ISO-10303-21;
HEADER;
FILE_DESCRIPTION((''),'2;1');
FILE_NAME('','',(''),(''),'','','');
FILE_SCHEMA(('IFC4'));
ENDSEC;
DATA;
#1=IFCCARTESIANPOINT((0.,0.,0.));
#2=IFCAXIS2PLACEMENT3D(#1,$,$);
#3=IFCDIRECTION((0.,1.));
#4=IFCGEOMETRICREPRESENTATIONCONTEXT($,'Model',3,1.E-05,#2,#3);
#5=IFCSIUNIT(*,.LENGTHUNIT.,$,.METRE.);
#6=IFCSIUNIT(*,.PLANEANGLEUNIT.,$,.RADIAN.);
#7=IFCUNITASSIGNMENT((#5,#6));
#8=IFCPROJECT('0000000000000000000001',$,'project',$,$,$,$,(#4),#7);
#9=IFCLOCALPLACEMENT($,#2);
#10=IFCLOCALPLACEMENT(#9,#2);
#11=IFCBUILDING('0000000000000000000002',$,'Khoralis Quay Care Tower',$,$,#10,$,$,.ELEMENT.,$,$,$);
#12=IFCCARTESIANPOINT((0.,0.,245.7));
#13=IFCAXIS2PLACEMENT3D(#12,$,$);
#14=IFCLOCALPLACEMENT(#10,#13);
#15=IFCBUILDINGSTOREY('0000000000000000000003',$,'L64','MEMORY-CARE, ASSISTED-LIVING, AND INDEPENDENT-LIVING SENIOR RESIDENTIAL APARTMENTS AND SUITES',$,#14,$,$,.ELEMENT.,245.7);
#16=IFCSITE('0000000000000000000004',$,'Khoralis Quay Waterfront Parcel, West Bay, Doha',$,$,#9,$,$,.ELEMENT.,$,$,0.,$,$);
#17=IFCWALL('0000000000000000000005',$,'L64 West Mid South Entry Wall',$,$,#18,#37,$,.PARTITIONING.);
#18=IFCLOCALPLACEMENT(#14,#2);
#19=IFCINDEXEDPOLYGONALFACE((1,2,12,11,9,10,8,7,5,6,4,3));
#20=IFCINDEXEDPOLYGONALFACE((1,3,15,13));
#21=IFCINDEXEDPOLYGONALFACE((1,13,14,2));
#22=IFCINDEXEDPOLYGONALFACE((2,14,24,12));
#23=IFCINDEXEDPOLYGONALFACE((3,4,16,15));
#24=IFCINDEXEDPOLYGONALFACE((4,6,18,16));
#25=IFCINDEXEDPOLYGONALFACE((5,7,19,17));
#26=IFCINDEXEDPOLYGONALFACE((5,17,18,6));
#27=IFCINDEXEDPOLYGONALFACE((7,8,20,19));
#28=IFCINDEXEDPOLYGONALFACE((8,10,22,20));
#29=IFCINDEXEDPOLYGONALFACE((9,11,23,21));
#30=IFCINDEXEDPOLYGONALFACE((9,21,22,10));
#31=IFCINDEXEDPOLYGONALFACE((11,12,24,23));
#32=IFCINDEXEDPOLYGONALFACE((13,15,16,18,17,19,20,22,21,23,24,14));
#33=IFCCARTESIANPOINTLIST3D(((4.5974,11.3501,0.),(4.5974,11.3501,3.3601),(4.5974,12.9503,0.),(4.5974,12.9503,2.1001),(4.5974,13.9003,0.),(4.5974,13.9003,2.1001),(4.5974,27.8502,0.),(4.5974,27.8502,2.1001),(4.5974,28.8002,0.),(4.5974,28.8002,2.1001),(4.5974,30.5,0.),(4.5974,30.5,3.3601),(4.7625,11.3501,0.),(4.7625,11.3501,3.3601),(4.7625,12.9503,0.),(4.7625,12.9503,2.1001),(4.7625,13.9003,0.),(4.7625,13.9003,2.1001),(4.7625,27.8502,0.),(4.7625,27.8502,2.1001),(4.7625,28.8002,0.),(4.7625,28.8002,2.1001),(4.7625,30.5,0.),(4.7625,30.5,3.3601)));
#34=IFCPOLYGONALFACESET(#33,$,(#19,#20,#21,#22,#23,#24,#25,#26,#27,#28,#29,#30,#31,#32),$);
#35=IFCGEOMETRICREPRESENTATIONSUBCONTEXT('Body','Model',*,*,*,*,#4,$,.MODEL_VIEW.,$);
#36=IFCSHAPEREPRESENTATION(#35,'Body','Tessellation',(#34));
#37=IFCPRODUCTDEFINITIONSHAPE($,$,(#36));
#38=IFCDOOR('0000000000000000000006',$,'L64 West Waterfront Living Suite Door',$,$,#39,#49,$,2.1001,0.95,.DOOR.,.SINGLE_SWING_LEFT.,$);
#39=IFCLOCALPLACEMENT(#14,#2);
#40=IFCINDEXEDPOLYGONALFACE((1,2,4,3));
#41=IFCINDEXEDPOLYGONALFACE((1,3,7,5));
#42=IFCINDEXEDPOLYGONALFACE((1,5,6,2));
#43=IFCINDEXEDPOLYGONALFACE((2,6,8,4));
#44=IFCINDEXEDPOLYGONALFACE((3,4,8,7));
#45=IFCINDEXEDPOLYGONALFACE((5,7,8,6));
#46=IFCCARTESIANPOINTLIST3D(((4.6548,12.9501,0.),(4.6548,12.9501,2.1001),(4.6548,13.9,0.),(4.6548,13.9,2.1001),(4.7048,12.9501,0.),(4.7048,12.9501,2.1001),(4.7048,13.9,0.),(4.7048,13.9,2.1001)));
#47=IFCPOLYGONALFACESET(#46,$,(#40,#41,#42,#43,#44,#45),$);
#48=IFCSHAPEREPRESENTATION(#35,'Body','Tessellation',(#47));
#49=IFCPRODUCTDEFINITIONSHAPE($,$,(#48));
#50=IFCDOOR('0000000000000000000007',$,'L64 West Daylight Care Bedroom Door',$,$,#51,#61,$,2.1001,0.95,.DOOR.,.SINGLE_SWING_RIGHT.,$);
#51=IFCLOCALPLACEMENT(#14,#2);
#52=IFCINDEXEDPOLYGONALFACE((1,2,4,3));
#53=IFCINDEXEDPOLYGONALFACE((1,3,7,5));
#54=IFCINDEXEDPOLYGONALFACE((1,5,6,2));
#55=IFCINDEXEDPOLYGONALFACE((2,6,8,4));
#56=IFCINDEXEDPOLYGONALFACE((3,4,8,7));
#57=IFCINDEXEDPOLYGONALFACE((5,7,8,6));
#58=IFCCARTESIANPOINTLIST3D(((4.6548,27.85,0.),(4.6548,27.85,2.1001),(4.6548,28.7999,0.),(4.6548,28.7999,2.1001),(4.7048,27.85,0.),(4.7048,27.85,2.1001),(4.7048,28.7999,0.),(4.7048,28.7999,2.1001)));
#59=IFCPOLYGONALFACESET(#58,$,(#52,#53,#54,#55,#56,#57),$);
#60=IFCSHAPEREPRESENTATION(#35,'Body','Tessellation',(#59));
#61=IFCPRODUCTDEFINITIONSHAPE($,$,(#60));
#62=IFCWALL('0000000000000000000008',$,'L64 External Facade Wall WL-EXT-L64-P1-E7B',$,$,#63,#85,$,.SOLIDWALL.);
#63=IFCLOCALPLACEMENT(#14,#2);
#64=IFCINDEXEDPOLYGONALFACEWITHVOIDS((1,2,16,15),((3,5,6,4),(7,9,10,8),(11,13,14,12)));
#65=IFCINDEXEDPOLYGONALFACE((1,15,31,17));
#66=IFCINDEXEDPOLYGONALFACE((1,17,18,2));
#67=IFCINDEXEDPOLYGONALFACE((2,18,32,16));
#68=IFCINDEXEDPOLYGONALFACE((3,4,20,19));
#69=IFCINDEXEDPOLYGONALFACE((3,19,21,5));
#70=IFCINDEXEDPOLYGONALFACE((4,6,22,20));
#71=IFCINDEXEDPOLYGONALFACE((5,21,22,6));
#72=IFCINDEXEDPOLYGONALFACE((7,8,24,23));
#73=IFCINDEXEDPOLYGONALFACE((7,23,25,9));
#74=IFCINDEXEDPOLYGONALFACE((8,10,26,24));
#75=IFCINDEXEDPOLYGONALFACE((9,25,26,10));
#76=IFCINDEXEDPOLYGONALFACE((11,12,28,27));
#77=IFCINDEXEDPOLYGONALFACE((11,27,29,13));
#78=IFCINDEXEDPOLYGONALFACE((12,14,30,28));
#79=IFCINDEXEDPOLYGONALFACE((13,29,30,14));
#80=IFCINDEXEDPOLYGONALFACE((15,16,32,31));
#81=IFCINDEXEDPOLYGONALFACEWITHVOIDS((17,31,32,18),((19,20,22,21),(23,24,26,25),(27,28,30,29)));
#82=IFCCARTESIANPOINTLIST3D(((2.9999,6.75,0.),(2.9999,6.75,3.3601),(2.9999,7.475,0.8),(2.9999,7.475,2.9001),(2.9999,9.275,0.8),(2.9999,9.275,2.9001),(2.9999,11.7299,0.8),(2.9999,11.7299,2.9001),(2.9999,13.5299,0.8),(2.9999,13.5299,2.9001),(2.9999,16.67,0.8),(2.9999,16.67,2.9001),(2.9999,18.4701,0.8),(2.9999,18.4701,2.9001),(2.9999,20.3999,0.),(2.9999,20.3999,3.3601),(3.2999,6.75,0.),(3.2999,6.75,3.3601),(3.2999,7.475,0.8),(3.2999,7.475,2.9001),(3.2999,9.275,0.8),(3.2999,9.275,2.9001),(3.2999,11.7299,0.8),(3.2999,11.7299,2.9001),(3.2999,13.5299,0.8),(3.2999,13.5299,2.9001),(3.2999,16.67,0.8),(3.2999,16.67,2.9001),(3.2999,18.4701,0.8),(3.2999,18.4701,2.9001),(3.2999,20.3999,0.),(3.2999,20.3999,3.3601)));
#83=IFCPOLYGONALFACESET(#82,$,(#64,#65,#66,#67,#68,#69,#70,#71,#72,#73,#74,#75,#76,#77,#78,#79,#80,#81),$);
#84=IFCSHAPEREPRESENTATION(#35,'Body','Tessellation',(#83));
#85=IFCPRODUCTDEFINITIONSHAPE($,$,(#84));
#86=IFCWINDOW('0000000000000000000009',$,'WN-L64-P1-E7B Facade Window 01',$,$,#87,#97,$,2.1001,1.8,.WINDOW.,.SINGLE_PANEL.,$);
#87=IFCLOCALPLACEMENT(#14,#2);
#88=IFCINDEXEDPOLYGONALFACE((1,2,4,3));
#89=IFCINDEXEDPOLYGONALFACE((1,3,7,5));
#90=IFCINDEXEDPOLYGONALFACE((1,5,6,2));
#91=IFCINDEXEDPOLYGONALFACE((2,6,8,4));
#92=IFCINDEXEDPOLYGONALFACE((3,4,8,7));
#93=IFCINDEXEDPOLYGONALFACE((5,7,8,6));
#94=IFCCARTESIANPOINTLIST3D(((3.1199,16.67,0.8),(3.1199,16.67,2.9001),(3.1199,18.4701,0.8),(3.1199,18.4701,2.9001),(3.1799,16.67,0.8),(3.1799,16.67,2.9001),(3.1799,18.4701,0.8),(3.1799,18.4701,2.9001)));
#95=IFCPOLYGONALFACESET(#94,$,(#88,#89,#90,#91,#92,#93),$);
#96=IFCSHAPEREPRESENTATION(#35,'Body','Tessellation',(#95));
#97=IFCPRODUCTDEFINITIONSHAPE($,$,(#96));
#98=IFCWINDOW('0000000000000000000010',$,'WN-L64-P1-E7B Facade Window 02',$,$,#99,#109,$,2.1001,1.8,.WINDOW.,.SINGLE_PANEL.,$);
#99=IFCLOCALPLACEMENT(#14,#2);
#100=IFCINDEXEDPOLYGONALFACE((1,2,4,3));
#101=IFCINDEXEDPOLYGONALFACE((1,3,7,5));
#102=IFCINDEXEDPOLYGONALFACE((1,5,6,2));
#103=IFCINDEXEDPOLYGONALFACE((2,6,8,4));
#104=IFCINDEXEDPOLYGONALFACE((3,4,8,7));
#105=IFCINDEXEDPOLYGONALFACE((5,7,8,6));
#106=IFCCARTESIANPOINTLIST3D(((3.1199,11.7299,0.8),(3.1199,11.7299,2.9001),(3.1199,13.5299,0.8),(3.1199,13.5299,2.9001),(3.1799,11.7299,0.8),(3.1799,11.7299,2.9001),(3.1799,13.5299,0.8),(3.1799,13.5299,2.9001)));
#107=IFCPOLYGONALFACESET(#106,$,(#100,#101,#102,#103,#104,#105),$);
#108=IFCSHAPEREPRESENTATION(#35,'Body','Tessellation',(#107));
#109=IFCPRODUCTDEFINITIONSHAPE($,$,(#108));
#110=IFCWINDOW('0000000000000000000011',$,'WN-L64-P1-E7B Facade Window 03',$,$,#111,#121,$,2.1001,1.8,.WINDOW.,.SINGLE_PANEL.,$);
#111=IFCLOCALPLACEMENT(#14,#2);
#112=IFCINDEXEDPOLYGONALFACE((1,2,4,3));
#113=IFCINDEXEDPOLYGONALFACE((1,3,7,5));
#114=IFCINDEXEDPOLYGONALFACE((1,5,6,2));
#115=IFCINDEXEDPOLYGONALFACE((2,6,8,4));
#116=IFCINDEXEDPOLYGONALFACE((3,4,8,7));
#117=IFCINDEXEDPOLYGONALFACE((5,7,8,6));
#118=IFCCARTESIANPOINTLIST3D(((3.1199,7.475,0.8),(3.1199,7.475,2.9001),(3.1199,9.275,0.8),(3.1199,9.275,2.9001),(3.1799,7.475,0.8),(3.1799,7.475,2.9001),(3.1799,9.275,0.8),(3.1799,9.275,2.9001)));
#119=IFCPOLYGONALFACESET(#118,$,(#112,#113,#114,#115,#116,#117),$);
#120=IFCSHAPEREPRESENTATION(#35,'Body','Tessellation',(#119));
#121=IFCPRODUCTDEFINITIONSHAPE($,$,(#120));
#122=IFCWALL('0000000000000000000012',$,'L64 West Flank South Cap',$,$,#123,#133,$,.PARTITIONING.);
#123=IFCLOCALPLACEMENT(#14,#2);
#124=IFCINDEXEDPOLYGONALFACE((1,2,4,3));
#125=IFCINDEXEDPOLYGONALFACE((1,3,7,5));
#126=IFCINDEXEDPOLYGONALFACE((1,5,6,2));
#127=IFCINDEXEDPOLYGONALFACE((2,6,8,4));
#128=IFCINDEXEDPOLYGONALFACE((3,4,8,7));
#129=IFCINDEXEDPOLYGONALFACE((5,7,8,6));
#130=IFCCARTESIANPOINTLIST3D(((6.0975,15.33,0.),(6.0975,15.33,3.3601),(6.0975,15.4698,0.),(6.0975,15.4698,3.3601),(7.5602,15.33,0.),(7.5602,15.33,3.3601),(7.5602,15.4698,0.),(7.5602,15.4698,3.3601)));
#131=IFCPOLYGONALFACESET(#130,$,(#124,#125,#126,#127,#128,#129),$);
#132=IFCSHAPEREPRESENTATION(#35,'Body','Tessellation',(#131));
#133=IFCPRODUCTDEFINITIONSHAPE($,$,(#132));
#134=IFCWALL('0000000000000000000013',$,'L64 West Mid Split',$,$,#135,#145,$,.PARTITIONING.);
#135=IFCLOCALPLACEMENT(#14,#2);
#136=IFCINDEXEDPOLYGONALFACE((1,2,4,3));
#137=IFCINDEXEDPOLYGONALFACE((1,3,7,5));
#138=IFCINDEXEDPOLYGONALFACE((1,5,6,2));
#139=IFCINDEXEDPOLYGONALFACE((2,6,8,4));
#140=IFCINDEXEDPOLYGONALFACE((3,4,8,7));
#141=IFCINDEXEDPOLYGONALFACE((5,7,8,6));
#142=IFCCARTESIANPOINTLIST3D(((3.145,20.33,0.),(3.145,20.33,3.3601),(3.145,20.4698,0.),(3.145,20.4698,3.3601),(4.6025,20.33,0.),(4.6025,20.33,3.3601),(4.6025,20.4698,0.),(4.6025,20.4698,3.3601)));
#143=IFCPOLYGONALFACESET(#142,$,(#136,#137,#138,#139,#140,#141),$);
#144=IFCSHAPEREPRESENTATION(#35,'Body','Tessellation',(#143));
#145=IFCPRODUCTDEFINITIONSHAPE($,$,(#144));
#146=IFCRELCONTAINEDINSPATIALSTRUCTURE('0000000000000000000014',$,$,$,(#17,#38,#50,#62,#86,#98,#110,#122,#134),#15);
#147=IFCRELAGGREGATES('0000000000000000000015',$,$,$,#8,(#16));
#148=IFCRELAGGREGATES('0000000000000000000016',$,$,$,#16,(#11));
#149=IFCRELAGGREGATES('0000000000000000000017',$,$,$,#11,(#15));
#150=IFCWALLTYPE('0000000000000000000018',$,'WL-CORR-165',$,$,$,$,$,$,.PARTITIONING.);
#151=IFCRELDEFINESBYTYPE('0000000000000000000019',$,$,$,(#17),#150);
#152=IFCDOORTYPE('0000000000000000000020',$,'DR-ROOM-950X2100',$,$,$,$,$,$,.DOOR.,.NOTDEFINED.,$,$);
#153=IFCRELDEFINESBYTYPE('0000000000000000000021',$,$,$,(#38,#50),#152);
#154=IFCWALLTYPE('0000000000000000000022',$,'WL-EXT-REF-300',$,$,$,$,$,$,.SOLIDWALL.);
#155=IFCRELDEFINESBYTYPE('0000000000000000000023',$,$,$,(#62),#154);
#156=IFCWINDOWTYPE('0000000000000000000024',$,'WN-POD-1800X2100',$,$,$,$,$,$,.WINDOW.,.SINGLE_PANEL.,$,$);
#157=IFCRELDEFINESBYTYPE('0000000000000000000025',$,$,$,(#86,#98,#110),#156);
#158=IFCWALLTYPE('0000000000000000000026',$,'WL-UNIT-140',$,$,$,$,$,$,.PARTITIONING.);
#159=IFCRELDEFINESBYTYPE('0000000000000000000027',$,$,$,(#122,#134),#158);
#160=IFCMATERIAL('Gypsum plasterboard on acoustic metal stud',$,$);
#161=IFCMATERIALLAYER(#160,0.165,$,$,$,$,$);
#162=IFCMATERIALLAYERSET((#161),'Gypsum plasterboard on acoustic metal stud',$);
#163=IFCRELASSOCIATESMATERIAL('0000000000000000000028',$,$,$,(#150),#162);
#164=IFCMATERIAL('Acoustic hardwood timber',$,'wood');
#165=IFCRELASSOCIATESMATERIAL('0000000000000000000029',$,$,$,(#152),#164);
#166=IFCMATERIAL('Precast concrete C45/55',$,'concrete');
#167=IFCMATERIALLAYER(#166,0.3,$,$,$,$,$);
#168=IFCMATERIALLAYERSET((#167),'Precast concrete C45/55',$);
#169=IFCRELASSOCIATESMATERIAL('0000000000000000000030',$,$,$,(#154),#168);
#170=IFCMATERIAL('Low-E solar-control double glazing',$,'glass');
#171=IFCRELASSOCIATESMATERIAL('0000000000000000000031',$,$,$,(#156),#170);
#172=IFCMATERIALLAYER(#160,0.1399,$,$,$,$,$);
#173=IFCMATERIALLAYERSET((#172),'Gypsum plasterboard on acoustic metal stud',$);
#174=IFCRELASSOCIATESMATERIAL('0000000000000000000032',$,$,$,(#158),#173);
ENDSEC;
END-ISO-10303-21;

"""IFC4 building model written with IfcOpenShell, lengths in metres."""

from ifc_helpers import new_model, si_unit, direction, frame, frame_2d, origin, place, context, subcontext, project, spatial, rectangle, extrude, source, transform, mapped, material, layer, layer_set, type_object, element, fill, save


model = new_model("IFC4")

# Units and contexts
model_context = context("Model", 3, precision=1e-05, world=origin(), true_north=direction((0.0, 1.0)))
body_context = subcontext(model_context, "Body", "Model", "MODEL_VIEW")
ifc_project = project(units=[si_unit("LENGTHUNIT", "METRE"), si_unit("PLANEANGLEUNIT", "RADIAN")], contexts=[model_context])

# Site, building, storey
site_placement = place(None, origin())
site = spatial("IfcSite", under=ifc_project, at=site_placement, Name="Khoralis Quay Waterfront Parcel, West Bay, Doha", CompositionType="ELEMENT", RefElevation=0.0)
building_placement = place(site_placement, origin())
building = spatial("IfcBuilding", under=site, at=building_placement, Name="Khoralis Quay Care Tower", CompositionType="ELEMENT")
storey_placement = place(building_placement, frame((0.0, 0.0, 245.7)))
storey = spatial("IfcBuildingStorey", under=building, at=storey_placement, Name="L64", Description="MEMORY-CARE, ASSISTED-LIVING, AND INDEPENDENT-LIVING SENIOR RESIDENTIAL APARTMENTS AND SUITES", CompositionType="ELEMENT", Elevation=245.7)

# Shared definitions
ifc_material_1 = material(Name="Gypsum plasterboard on acoustic metal stud")

# Shared definitions
ifc_layer_1 = layer(ifc_material_1, 0.165)
ifc_layer_set_1 = layer_set([ifc_layer_1], Name="Gypsum plasterboard on acoustic metal stud")
wall_type_1 = type_object("IfcWallType", Name="WL-CORR-165", PredefinedType="PARTITIONING", material=ifc_layer_set_1)
ifc_material_2 = material(Name="Acoustic hardwood timber", Category="wood")

# Wall, openings, doors
wall_1_placement = place(storey_placement, frame((4.6799, 11.3501, 0.0), z_axis=(0.0, 0.0, 1.0), x_axis=(0.0, 1.0, 0.0)))
wall_1 = element("IfcWall", 1, at=wall_1_placement, inside=storey, type_object=wall_type_1, Name="L64 West Mid South Entry Wall", PredefinedType="PARTITIONING", context=body_context, shape_type="SweptSolid", body=[
    extrude(rectangle(XDim=19.1499, YDim=0.165, at=frame_2d((9.575, 0.0))), origin(), (0.0, 0.0, 1.0), 3.3601),
])
opening_1_placement = place(wall_1_placement, frame((1.6001, 0.0, 0.0)))
opening_1 = element("IfcOpeningElement", 2, at=opening_1_placement, cuts=wall_1, PredefinedType="OPENING", context=body_context, shape_type="SweptSolid", body=[
    extrude(rectangle(XDim=0.95, YDim=2.1001, at=frame_2d((0.4751, 1.05))), frame((0.0, 0.0925, 0.0), z_axis=(0.0, -1.0, 0.0), x_axis=(1.0, 0.0, 0.0)), (0.0, 0.0, 1.0), 0.1851),
])
opening_2_placement = place(wall_1_placement, frame((16.5, 0.0, 0.0)))
opening_2 = element("IfcOpeningElement", 3, at=opening_2_placement, cuts=wall_1, PredefinedType="OPENING", context=body_context, shape_type="SweptSolid", body=[
    extrude(rectangle(XDim=0.95, YDim=2.1001, at=frame_2d((0.4751, 1.05))), frame((0.0, 0.0925, 0.0), z_axis=(0.0, -1.0, 0.0), x_axis=(1.0, 0.0, 0.0)), (0.0, 0.0, 1.0), 0.1851),
])
door_type_1 = type_object("IfcDoorType", Name="DR-ROOM-950X2100", OperationType="NOTDEFINED", PredefinedType="DOOR", material=ifc_material_2)
shared_shape_1 = source(origin(), body_context, "Body", "SweptSolid", [
    extrude(rectangle(XDim=0.95, YDim=2.1001, at=frame_2d((0.4751, 1.05))), frame((0.0, 0.0249, 0.0), z_axis=(0.0, -1.0, 0.0), x_axis=(1.0, 0.0, 0.0)), (0.0, 0.0, 1.0), 0.05),
])
door_1_placement = place(opening_1_placement, frame((0.95, 0.0, 0.0), z_axis=(0.0, 0.0, 1.0), x_axis=(-1.0, 0.0, 0.0)))
door_1 = element("IfcDoor", 4, at=door_1_placement, inside=storey, type_object=door_type_1, Name="L64 West Waterfront Living Suite Door", OperationType="SINGLE_SWING_LEFT", OverallHeight=2.1001, OverallWidth=0.95, PredefinedType="DOOR", context=body_context, shape_type="MappedRepresentation", body=[
    mapped(shared_shape_1, transform((0.0, 0.0, 0.0), scale=1.0)),
])
fill(opening_1, door_1)
door_2_placement = place(opening_2_placement, frame((0.95, 0.0, 0.0), z_axis=(0.0, 0.0, 1.0), x_axis=(-1.0, 0.0, 0.0)))
door_2 = element("IfcDoor", 5, at=door_2_placement, inside=storey, type_object=door_type_1, Name="L64 West Daylight Care Bedroom Door", OperationType="SINGLE_SWING_RIGHT", OverallHeight=2.1001, OverallWidth=0.95, PredefinedType="DOOR", context=body_context, shape_type="MappedRepresentation", body=[
    mapped(shared_shape_1, transform((0.0, 0.0, 0.0), scale=1.0)),
])
fill(opening_2, door_2)

# Wall, openings, windows
ifc_material_3 = material(Name="Precast concrete C45/55", Category="concrete")
ifc_layer_2 = layer(ifc_material_3, 0.3)
ifc_layer_set_2 = layer_set([ifc_layer_2], Name="Precast concrete C45/55")
wall_type_2 = type_object("IfcWallType", Name="WL-EXT-REF-300", PredefinedType="SOLIDWALL", material=ifc_layer_set_2)
wall_2_placement = place(storey_placement, frame((3.1499, 20.3999, 0.0), z_axis=(0.0, 0.0, 1.0), x_axis=(0.0, -1.0, 0.0)))
wall_2 = element("IfcWall", 6, at=wall_2_placement, inside=storey, type_object=wall_type_2, Name="L64 External Facade Wall WL-EXT-L64-P1-E7B", PredefinedType="SOLIDWALL", context=body_context, shape_type="SweptSolid", body=[
    extrude(rectangle(XDim=13.6499, YDim=0.3, at=frame_2d((6.825, 0.0))), origin(), (0.0, 0.0, 1.0), 3.3601),
])
opening_3_placement = place(wall_2_placement, frame((1.9299, 0.0, 0.8)))
opening_3 = element("IfcOpeningElement", 7, at=opening_3_placement, cuts=wall_2, PredefinedType="OPENING", context=body_context, shape_type="SweptSolid", body=[
    extrude(rectangle(XDim=1.8, YDim=2.1001, at=frame_2d((0.8999, 1.05))), frame((0.0, 0.1602, 0.0), z_axis=(0.0, -1.0, 0.0), x_axis=(1.0, 0.0, 0.0)), (0.0, 0.0, 1.0), 0.3201),
])
opening_4_placement = place(wall_2_placement, frame((6.8701, 0.0, 0.8)))
opening_4 = element("IfcOpeningElement", 8, at=opening_4_placement, cuts=wall_2, PredefinedType="OPENING", context=body_context, shape_type="SweptSolid", body=[
    extrude(rectangle(XDim=1.8, YDim=2.1001, at=frame_2d((0.8999, 1.05))), frame((0.0, 0.1602, 0.0), z_axis=(0.0, -1.0, 0.0), x_axis=(1.0, 0.0, 0.0)), (0.0, 0.0, 1.0), 0.3201),
])
opening_5_placement = place(wall_2_placement, frame((11.125, 0.0, 0.8)))
opening_5 = element("IfcOpeningElement", 9, at=opening_5_placement, cuts=wall_2, PredefinedType="OPENING", context=body_context, shape_type="SweptSolid", body=[
    extrude(rectangle(XDim=1.8, YDim=2.1001, at=frame_2d((0.8999, 1.05))), frame((0.0, 0.1602, 0.0), z_axis=(0.0, -1.0, 0.0), x_axis=(1.0, 0.0, 0.0)), (0.0, 0.0, 1.0), 0.3201),
])
ifc_material_4 = material(Name="Low-E solar-control double glazing", Category="glass")
window_type = type_object("IfcWindowType", Name="WN-POD-1800X2100", PartitioningType="SINGLE_PANEL", PredefinedType="WINDOW", material=ifc_material_4)
shared_shape_2 = source(origin(), body_context, "Body", "SweptSolid", [
    extrude(rectangle(XDim=1.8, YDim=2.1001, at=frame_2d((0.8999, 1.05))), frame((0.0, 0.03, 0.0), z_axis=(0.0, -1.0, 0.0), x_axis=(1.0, 0.0, 0.0)), (0.0, 0.0, 1.0), 0.0601),
])
window_1_placement = place(opening_3_placement, origin())
window_1 = element("IfcWindow", 10, at=window_1_placement, inside=storey, type_object=window_type, Name="WN-L64-P1-E7B Facade Window 01", OverallHeight=2.1001, OverallWidth=1.8, PartitioningType="SINGLE_PANEL", PredefinedType="WINDOW", context=body_context, shape_type="MappedRepresentation", body=[
    mapped(shared_shape_2, transform((0.0, 0.0, 0.0), scale=1.0)),
])
fill(opening_3, window_1)
window_2_placement = place(opening_4_placement, origin())
window_2 = element("IfcWindow", 11, at=window_2_placement, inside=storey, type_object=window_type, Name="WN-L64-P1-E7B Facade Window 02", OverallHeight=2.1001, OverallWidth=1.8, PartitioningType="SINGLE_PANEL", PredefinedType="WINDOW", context=body_context, shape_type="MappedRepresentation", body=[
    mapped(shared_shape_2, transform((0.0, 0.0, 0.0), scale=1.0)),
])
fill(opening_4, window_2)
window_3_placement = place(opening_5_placement, origin())
window_3 = element("IfcWindow", 12, at=window_3_placement, inside=storey, type_object=window_type, Name="WN-L64-P1-E7B Facade Window 03", OverallHeight=2.1001, OverallWidth=1.8, PartitioningType="SINGLE_PANEL", PredefinedType="WINDOW", context=body_context, shape_type="MappedRepresentation", body=[
    mapped(shared_shape_2, transform((0.0, 0.0, 0.0), scale=1.0)),
])
fill(opening_5, window_3)

# Walls
ifc_layer_3 = layer(ifc_material_1, 0.1399)
ifc_layer_set_3 = layer_set([ifc_layer_3], Name="Gypsum plasterboard on acoustic metal stud")
wall_type_3 = type_object("IfcWallType", Name="WL-UNIT-140", PredefinedType="PARTITIONING", material=ifc_layer_set_3)
wall_3_placement = place(storey_placement, frame((6.0974, 15.3999, 0.0), z_axis=(0.0, 0.0, 1.0), x_axis=(1.0, 0.0, 0.0)))
element("IfcWall", 13, at=wall_3_placement, inside=storey, type_object=wall_type_3, Name="L64 West Flank South Cap", PredefinedType="PARTITIONING", context=body_context, shape_type="SweptSolid", body=[
    extrude(rectangle(XDim=1.4626, YDim=0.1399, at=frame_2d((0.7314, 0.0))), origin(), (0.0, 0.0, 1.0), 3.3601),
])
wall_4_placement = place(storey_placement, frame((3.145, 20.3999, 0.0), z_axis=(0.0, 0.0, 1.0), x_axis=(1.0, 0.0, 0.0)))
element("IfcWall", 14, at=wall_4_placement, inside=storey, type_object=wall_type_3, Name="L64 West Mid Split", PredefinedType="PARTITIONING", context=body_context, shape_type="SweptSolid", body=[
    extrude(rectangle(XDim=1.4575, YDim=0.1399, at=frame_2d((0.7288, 0.0))), origin(), (0.0, 0.0, 1.0), 3.3601),
])

save(model, "model.ifc")
